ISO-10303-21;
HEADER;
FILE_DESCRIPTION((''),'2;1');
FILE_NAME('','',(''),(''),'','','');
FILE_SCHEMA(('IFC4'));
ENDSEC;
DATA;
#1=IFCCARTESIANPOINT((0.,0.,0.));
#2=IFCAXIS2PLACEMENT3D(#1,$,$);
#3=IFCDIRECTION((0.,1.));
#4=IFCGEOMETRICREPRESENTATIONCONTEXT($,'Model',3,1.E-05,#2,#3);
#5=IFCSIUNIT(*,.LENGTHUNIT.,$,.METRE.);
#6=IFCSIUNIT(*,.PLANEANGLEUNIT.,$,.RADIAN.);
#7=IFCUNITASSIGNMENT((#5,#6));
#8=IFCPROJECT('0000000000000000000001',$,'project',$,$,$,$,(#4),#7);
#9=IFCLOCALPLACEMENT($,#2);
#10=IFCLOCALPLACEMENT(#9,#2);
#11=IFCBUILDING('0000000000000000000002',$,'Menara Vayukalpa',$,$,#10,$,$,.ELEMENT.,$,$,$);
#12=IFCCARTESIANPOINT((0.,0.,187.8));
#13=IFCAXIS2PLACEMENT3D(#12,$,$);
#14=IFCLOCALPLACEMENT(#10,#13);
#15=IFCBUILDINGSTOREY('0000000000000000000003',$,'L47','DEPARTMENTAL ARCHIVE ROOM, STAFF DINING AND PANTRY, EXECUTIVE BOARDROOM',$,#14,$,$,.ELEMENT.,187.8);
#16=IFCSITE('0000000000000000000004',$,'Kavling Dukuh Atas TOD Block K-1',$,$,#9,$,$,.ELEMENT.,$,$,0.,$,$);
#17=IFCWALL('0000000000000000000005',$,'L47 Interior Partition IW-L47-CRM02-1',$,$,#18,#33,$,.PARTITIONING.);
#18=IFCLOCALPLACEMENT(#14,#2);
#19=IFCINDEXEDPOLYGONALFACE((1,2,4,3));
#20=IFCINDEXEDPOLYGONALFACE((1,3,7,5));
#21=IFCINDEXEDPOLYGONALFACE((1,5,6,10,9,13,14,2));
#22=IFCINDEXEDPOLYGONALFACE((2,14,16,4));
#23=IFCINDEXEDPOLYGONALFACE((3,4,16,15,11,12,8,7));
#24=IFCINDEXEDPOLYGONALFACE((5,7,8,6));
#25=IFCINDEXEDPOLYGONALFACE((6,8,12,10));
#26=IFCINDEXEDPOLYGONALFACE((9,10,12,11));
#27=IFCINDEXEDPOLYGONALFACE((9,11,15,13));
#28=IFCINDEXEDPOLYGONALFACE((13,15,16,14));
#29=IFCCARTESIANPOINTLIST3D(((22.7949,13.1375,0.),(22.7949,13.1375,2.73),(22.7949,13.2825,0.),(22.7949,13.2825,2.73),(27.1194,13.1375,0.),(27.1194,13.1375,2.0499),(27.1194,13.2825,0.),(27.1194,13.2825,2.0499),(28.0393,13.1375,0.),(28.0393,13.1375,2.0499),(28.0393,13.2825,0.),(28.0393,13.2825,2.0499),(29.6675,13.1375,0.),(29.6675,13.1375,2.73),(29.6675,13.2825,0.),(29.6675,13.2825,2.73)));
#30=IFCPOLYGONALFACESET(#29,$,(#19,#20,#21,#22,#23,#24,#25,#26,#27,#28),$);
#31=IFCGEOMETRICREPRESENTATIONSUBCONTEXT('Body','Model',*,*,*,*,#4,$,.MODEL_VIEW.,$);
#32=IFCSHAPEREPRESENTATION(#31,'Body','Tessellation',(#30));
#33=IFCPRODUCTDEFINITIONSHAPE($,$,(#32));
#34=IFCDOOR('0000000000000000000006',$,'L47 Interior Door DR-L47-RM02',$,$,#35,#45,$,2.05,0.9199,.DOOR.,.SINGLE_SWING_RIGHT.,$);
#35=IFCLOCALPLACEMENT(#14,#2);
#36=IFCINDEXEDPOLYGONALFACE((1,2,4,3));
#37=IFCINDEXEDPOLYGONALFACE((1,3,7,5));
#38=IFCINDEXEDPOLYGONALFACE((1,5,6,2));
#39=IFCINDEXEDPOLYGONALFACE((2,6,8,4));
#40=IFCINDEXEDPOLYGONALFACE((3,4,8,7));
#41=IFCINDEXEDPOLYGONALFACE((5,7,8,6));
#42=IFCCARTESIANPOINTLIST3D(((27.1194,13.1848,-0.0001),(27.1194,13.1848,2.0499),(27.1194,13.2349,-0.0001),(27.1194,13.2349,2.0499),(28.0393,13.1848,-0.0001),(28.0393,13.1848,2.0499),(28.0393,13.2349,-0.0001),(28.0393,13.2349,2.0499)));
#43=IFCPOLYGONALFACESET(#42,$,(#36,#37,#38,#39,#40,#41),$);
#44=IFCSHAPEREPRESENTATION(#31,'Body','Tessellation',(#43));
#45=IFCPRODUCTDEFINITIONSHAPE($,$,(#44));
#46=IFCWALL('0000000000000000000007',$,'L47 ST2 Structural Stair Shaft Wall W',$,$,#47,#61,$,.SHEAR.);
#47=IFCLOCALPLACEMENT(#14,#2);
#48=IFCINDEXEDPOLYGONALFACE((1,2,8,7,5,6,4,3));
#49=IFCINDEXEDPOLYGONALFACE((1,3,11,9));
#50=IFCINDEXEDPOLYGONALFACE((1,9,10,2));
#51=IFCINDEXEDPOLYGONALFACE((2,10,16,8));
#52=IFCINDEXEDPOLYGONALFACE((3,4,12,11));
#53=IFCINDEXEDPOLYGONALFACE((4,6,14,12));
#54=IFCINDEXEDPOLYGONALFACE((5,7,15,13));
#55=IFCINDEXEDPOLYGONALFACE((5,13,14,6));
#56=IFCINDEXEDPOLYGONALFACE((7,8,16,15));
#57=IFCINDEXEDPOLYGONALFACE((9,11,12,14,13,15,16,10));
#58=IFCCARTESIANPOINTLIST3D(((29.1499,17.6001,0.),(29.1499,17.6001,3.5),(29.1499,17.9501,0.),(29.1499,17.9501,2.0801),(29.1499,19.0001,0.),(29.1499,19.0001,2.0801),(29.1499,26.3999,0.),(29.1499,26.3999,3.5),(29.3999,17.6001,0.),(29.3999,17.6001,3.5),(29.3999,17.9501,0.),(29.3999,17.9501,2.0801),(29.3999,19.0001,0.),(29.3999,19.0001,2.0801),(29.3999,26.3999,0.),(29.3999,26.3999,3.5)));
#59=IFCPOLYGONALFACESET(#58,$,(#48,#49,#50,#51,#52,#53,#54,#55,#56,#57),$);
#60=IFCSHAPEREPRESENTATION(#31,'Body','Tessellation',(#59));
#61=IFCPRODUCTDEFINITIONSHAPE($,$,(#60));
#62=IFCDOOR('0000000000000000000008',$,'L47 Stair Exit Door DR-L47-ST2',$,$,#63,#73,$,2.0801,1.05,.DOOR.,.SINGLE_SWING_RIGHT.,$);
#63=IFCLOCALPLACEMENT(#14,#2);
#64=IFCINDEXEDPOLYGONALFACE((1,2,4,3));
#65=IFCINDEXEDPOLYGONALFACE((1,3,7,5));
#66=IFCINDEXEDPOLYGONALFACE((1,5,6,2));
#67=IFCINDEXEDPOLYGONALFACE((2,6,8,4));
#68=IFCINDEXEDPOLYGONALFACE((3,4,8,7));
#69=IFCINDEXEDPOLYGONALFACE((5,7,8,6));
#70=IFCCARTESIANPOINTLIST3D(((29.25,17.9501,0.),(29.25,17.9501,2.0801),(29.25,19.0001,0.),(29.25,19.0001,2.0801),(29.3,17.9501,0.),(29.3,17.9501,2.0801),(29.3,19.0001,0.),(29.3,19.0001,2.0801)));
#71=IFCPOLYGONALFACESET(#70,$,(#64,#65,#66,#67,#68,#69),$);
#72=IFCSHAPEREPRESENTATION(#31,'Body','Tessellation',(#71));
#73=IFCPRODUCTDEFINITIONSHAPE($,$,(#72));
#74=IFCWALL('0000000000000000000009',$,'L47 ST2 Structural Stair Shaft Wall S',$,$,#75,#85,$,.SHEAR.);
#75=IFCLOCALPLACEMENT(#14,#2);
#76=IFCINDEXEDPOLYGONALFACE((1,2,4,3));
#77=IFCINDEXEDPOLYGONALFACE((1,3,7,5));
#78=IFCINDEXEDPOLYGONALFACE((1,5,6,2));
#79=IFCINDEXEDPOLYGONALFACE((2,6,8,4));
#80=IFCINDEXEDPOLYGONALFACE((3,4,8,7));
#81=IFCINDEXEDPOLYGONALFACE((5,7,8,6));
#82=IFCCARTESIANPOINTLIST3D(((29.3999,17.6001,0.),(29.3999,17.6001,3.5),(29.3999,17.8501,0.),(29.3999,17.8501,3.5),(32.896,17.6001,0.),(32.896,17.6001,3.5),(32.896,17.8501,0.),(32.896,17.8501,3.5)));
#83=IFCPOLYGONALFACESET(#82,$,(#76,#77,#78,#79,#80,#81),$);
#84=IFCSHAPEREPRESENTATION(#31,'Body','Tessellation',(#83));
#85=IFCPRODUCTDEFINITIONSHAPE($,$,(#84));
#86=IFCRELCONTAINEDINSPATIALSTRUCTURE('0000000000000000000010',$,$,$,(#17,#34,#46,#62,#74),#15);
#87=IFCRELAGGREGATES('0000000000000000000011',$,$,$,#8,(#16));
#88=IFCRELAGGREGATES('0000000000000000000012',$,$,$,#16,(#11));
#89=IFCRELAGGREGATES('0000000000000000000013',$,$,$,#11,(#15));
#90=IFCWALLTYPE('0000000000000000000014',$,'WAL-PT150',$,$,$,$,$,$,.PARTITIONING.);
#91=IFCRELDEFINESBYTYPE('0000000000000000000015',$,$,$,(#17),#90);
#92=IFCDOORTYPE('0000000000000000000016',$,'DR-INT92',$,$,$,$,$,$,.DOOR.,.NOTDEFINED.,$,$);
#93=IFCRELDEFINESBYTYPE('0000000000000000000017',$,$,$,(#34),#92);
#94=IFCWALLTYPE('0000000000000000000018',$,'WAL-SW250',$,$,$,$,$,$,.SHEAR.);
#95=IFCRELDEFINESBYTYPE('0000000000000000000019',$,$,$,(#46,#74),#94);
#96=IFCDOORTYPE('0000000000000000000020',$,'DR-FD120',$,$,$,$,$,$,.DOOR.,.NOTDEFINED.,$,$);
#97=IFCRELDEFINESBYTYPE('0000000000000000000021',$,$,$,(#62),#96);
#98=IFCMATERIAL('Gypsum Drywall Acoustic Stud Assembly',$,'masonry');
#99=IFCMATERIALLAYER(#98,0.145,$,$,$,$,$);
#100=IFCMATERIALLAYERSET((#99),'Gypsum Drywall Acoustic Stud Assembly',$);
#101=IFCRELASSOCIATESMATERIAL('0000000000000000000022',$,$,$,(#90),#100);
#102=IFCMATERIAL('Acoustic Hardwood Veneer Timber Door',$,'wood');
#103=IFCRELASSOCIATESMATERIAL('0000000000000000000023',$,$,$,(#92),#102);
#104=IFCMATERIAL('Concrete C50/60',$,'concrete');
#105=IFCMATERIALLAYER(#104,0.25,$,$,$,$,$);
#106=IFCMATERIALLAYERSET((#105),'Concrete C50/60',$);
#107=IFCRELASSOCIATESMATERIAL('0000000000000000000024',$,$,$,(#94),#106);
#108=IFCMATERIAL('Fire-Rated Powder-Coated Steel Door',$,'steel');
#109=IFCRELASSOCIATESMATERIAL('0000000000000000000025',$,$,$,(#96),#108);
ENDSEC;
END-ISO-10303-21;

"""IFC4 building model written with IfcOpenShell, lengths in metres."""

from ifc_helpers import new_model, si_unit, direction, frame, frame_2d, origin, place, context, subcontext, project, spatial, rectangle, extrude, material, layer, layer_set, type_object, element, fill, save


model = new_model("IFC4")

# Units and contexts
model_context = context("Model", 3, precision=1e-05, world=origin(), true_north=direction((0.0, 1.0)))
body_context = subcontext(model_context, "Body", "Model", "MODEL_VIEW")
ifc_project = project(units=[si_unit("LENGTHUNIT", "METRE"), si_unit("PLANEANGLEUNIT", "RADIAN")], contexts=[model_context])

# Site, building, storey
site_placement = place(None, origin())
site = spatial("IfcSite", under=ifc_project, at=site_placement, Name="Kavling Dukuh Atas TOD Block K-1", CompositionType="ELEMENT", RefElevation=0.0)
building_placement = place(site_placement, origin())
building = spatial("IfcBuilding", under=site, at=building_placement, Name="Menara Vayukalpa", CompositionType="ELEMENT")
storey_placement = place(building_placement, frame((0.0, 0.0, 187.8)))
storey = spatial("IfcBuildingStorey", under=building, at=storey_placement, Name="L47", Description="DEPARTMENTAL ARCHIVE ROOM, STAFF DINING AND PANTRY, EXECUTIVE BOARDROOM", CompositionType="ELEMENT", Elevation=187.8)

# Shared definitions
ifc_material_1 = material(Name="Gypsum Drywall Acoustic Stud Assembly", Category="masonry")
ifc_layer_1 = layer(ifc_material_1, 0.145)
ifc_layer_set_1 = layer_set([ifc_layer_1], Name="Gypsum Drywall Acoustic Stud Assembly")
wall_type_1 = type_object("IfcWallType", Name="WAL-PT150", PredefinedType="PARTITIONING", material=ifc_layer_set_1)

# Walls, openings, doors
wall_1_placement = place(storey_placement, frame((22.7949, 13.21, 0.0), z_axis=(0.0, 0.0, 1.0), x_axis=(1.0, 0.0, 0.0)))
wall_1 = element("IfcWall", 1, at=wall_1_placement, inside=storey, type_object=wall_type_1, Name="L47 Interior Partition IW-L47-CRM02-1", PredefinedType="PARTITIONING", context=body_context, shape_type="SweptSolid", body=[
    extrude(rectangle(XDim=6.8726, YDim=0.145, at=frame_2d((3.4363, 0.0))), origin(), (0.0, 0.0, 1.0), 2.73),
])
opening_1_placement = place(wall_1_placement, frame((4.3245, 0.0, 0.0)))
opening_1 = element("IfcOpeningElement", 2, at=opening_1_placement, cuts=wall_1, PredefinedType="OPENING", context=body_context, shape_type="SweptSolid", body=[
    extrude(rectangle(XDim=0.9199, YDim=2.05, at=frame_2d((0.46, 1.0249))), frame((0.0, 0.0825, 0.0), z_axis=(0.0, -1.0, 0.0), x_axis=(1.0, 0.0, 0.0)), (0.0, 0.0, 1.0), 0.165),
])
ifc_material_2 = material(Name="Acoustic Hardwood Veneer Timber Door", Category="wood")
door_type_1 = type_object("IfcDoorType", Name="DR-INT92", OperationType="NOTDEFINED", PredefinedType="DOOR", material=ifc_material_2)
door_1_placement = place(opening_1_placement, origin())
door_1 = element("IfcDoor", 3, at=door_1_placement, inside=storey, type_object=door_type_1, Name="L47 Interior Door DR-L47-RM02", OperationType="SINGLE_SWING_RIGHT", OverallHeight=2.05, OverallWidth=0.9199, PredefinedType="DOOR", context=body_context, shape_type="SweptSolid", body=[
    extrude(rectangle(XDim=0.9199, YDim=2.05, at=frame_2d((0.46, 1.0249))), frame((0.0, 0.0249, 0.0), z_axis=(0.0, -1.0, 0.0), x_axis=(1.0, 0.0, 0.0)), (0.0, 0.0, 1.0), 0.05),
])
fill(opening_1, door_1)
ifc_material_3 = material(Name="Concrete C50/60", Category="concrete")
ifc_layer_2 = layer(ifc_material_3, 0.25)
ifc_layer_set_2 = layer_set([ifc_layer_2], Name="Concrete C50/60")
wall_type_2 = type_object("IfcWallType", Name="WAL-SW250", PredefinedType="SHEAR", material=ifc_layer_set_2)
wall_2_placement = place(storey_placement, frame((29.2749, 17.6001, 0.0), z_axis=(0.0, 0.0, 1.0), x_axis=(0.0, 1.0, 0.0)))
wall_2 = element("IfcWall", 4, at=wall_2_placement, inside=storey, type_object=wall_type_2, Name="L47 ST2 Structural Stair Shaft Wall W", PredefinedType="SHEAR", context=body_context, shape_type="SweptSolid", body=[
    extrude(rectangle(XDim=8.7998, YDim=0.25, at=frame_2d((4.3999, 0.0))), origin(), (0.0, 0.0, 1.0), 3.5),
])
opening_2_placement = place(wall_2_placement, frame((0.3501, 0.0, 0.0)))
opening_2 = element("IfcOpeningElement", 5, at=opening_2_placement, cuts=wall_2, PredefinedType="OPENING", context=body_context, shape_type="SweptSolid", body=[
    extrude(rectangle(XDim=1.05, YDim=2.0801, at=frame_2d((0.5249, 1.04))), frame((0.0, 0.135, 0.0), z_axis=(0.0, -1.0, 0.0), x_axis=(1.0, 0.0, 0.0)), (0.0, 0.0, 1.0), 0.27),
])
ifc_material_4 = material(Name="Fire-Rated Powder-Coated Steel Door", Category="steel")
door_type_2 = type_object("IfcDoorType", Name="DR-FD120", OperationType="NOTDEFINED", PredefinedType="DOOR", material=ifc_material_4)
door_2_placement = place(opening_2_placement, origin())
door_2 = element("IfcDoor", 6, at=door_2_placement, inside=storey, type_object=door_type_2, Name="L47 Stair Exit Door DR-L47-ST2", OperationType="SINGLE_SWING_RIGHT", OverallHeight=2.0801, OverallWidth=1.05, PredefinedType="DOOR", context=body_context, shape_type="SweptSolid", body=[
    extrude(rectangle(XDim=1.05, YDim=2.0801, at=frame_2d((0.5249, 1.04))), frame((0.0, 0.0249, 0.0), z_axis=(0.0, -1.0, 0.0), x_axis=(1.0, 0.0, 0.0)), (0.0, 0.0, 1.0), 0.05),
])
fill(opening_2, door_2)

# Wall
wall_3_placement = place(storey_placement, frame((29.3999, 17.7251, 0.0), z_axis=(0.0, 0.0, 1.0), x_axis=(1.0, 0.0, 0.0)))
element("IfcWall", 7, at=wall_3_placement, inside=storey, type_object=wall_type_2, Name="L47 ST2 Structural Stair Shaft Wall S", PredefinedType="SHEAR", context=body_context, shape_type="SweptSolid", body=[
    extrude(rectangle(XDim=3.4961, YDim=0.25, at=frame_2d((1.748, 0.0))), origin(), (0.0, 0.0, 1.0), 3.5),
])

save(model, "model.ifc")
